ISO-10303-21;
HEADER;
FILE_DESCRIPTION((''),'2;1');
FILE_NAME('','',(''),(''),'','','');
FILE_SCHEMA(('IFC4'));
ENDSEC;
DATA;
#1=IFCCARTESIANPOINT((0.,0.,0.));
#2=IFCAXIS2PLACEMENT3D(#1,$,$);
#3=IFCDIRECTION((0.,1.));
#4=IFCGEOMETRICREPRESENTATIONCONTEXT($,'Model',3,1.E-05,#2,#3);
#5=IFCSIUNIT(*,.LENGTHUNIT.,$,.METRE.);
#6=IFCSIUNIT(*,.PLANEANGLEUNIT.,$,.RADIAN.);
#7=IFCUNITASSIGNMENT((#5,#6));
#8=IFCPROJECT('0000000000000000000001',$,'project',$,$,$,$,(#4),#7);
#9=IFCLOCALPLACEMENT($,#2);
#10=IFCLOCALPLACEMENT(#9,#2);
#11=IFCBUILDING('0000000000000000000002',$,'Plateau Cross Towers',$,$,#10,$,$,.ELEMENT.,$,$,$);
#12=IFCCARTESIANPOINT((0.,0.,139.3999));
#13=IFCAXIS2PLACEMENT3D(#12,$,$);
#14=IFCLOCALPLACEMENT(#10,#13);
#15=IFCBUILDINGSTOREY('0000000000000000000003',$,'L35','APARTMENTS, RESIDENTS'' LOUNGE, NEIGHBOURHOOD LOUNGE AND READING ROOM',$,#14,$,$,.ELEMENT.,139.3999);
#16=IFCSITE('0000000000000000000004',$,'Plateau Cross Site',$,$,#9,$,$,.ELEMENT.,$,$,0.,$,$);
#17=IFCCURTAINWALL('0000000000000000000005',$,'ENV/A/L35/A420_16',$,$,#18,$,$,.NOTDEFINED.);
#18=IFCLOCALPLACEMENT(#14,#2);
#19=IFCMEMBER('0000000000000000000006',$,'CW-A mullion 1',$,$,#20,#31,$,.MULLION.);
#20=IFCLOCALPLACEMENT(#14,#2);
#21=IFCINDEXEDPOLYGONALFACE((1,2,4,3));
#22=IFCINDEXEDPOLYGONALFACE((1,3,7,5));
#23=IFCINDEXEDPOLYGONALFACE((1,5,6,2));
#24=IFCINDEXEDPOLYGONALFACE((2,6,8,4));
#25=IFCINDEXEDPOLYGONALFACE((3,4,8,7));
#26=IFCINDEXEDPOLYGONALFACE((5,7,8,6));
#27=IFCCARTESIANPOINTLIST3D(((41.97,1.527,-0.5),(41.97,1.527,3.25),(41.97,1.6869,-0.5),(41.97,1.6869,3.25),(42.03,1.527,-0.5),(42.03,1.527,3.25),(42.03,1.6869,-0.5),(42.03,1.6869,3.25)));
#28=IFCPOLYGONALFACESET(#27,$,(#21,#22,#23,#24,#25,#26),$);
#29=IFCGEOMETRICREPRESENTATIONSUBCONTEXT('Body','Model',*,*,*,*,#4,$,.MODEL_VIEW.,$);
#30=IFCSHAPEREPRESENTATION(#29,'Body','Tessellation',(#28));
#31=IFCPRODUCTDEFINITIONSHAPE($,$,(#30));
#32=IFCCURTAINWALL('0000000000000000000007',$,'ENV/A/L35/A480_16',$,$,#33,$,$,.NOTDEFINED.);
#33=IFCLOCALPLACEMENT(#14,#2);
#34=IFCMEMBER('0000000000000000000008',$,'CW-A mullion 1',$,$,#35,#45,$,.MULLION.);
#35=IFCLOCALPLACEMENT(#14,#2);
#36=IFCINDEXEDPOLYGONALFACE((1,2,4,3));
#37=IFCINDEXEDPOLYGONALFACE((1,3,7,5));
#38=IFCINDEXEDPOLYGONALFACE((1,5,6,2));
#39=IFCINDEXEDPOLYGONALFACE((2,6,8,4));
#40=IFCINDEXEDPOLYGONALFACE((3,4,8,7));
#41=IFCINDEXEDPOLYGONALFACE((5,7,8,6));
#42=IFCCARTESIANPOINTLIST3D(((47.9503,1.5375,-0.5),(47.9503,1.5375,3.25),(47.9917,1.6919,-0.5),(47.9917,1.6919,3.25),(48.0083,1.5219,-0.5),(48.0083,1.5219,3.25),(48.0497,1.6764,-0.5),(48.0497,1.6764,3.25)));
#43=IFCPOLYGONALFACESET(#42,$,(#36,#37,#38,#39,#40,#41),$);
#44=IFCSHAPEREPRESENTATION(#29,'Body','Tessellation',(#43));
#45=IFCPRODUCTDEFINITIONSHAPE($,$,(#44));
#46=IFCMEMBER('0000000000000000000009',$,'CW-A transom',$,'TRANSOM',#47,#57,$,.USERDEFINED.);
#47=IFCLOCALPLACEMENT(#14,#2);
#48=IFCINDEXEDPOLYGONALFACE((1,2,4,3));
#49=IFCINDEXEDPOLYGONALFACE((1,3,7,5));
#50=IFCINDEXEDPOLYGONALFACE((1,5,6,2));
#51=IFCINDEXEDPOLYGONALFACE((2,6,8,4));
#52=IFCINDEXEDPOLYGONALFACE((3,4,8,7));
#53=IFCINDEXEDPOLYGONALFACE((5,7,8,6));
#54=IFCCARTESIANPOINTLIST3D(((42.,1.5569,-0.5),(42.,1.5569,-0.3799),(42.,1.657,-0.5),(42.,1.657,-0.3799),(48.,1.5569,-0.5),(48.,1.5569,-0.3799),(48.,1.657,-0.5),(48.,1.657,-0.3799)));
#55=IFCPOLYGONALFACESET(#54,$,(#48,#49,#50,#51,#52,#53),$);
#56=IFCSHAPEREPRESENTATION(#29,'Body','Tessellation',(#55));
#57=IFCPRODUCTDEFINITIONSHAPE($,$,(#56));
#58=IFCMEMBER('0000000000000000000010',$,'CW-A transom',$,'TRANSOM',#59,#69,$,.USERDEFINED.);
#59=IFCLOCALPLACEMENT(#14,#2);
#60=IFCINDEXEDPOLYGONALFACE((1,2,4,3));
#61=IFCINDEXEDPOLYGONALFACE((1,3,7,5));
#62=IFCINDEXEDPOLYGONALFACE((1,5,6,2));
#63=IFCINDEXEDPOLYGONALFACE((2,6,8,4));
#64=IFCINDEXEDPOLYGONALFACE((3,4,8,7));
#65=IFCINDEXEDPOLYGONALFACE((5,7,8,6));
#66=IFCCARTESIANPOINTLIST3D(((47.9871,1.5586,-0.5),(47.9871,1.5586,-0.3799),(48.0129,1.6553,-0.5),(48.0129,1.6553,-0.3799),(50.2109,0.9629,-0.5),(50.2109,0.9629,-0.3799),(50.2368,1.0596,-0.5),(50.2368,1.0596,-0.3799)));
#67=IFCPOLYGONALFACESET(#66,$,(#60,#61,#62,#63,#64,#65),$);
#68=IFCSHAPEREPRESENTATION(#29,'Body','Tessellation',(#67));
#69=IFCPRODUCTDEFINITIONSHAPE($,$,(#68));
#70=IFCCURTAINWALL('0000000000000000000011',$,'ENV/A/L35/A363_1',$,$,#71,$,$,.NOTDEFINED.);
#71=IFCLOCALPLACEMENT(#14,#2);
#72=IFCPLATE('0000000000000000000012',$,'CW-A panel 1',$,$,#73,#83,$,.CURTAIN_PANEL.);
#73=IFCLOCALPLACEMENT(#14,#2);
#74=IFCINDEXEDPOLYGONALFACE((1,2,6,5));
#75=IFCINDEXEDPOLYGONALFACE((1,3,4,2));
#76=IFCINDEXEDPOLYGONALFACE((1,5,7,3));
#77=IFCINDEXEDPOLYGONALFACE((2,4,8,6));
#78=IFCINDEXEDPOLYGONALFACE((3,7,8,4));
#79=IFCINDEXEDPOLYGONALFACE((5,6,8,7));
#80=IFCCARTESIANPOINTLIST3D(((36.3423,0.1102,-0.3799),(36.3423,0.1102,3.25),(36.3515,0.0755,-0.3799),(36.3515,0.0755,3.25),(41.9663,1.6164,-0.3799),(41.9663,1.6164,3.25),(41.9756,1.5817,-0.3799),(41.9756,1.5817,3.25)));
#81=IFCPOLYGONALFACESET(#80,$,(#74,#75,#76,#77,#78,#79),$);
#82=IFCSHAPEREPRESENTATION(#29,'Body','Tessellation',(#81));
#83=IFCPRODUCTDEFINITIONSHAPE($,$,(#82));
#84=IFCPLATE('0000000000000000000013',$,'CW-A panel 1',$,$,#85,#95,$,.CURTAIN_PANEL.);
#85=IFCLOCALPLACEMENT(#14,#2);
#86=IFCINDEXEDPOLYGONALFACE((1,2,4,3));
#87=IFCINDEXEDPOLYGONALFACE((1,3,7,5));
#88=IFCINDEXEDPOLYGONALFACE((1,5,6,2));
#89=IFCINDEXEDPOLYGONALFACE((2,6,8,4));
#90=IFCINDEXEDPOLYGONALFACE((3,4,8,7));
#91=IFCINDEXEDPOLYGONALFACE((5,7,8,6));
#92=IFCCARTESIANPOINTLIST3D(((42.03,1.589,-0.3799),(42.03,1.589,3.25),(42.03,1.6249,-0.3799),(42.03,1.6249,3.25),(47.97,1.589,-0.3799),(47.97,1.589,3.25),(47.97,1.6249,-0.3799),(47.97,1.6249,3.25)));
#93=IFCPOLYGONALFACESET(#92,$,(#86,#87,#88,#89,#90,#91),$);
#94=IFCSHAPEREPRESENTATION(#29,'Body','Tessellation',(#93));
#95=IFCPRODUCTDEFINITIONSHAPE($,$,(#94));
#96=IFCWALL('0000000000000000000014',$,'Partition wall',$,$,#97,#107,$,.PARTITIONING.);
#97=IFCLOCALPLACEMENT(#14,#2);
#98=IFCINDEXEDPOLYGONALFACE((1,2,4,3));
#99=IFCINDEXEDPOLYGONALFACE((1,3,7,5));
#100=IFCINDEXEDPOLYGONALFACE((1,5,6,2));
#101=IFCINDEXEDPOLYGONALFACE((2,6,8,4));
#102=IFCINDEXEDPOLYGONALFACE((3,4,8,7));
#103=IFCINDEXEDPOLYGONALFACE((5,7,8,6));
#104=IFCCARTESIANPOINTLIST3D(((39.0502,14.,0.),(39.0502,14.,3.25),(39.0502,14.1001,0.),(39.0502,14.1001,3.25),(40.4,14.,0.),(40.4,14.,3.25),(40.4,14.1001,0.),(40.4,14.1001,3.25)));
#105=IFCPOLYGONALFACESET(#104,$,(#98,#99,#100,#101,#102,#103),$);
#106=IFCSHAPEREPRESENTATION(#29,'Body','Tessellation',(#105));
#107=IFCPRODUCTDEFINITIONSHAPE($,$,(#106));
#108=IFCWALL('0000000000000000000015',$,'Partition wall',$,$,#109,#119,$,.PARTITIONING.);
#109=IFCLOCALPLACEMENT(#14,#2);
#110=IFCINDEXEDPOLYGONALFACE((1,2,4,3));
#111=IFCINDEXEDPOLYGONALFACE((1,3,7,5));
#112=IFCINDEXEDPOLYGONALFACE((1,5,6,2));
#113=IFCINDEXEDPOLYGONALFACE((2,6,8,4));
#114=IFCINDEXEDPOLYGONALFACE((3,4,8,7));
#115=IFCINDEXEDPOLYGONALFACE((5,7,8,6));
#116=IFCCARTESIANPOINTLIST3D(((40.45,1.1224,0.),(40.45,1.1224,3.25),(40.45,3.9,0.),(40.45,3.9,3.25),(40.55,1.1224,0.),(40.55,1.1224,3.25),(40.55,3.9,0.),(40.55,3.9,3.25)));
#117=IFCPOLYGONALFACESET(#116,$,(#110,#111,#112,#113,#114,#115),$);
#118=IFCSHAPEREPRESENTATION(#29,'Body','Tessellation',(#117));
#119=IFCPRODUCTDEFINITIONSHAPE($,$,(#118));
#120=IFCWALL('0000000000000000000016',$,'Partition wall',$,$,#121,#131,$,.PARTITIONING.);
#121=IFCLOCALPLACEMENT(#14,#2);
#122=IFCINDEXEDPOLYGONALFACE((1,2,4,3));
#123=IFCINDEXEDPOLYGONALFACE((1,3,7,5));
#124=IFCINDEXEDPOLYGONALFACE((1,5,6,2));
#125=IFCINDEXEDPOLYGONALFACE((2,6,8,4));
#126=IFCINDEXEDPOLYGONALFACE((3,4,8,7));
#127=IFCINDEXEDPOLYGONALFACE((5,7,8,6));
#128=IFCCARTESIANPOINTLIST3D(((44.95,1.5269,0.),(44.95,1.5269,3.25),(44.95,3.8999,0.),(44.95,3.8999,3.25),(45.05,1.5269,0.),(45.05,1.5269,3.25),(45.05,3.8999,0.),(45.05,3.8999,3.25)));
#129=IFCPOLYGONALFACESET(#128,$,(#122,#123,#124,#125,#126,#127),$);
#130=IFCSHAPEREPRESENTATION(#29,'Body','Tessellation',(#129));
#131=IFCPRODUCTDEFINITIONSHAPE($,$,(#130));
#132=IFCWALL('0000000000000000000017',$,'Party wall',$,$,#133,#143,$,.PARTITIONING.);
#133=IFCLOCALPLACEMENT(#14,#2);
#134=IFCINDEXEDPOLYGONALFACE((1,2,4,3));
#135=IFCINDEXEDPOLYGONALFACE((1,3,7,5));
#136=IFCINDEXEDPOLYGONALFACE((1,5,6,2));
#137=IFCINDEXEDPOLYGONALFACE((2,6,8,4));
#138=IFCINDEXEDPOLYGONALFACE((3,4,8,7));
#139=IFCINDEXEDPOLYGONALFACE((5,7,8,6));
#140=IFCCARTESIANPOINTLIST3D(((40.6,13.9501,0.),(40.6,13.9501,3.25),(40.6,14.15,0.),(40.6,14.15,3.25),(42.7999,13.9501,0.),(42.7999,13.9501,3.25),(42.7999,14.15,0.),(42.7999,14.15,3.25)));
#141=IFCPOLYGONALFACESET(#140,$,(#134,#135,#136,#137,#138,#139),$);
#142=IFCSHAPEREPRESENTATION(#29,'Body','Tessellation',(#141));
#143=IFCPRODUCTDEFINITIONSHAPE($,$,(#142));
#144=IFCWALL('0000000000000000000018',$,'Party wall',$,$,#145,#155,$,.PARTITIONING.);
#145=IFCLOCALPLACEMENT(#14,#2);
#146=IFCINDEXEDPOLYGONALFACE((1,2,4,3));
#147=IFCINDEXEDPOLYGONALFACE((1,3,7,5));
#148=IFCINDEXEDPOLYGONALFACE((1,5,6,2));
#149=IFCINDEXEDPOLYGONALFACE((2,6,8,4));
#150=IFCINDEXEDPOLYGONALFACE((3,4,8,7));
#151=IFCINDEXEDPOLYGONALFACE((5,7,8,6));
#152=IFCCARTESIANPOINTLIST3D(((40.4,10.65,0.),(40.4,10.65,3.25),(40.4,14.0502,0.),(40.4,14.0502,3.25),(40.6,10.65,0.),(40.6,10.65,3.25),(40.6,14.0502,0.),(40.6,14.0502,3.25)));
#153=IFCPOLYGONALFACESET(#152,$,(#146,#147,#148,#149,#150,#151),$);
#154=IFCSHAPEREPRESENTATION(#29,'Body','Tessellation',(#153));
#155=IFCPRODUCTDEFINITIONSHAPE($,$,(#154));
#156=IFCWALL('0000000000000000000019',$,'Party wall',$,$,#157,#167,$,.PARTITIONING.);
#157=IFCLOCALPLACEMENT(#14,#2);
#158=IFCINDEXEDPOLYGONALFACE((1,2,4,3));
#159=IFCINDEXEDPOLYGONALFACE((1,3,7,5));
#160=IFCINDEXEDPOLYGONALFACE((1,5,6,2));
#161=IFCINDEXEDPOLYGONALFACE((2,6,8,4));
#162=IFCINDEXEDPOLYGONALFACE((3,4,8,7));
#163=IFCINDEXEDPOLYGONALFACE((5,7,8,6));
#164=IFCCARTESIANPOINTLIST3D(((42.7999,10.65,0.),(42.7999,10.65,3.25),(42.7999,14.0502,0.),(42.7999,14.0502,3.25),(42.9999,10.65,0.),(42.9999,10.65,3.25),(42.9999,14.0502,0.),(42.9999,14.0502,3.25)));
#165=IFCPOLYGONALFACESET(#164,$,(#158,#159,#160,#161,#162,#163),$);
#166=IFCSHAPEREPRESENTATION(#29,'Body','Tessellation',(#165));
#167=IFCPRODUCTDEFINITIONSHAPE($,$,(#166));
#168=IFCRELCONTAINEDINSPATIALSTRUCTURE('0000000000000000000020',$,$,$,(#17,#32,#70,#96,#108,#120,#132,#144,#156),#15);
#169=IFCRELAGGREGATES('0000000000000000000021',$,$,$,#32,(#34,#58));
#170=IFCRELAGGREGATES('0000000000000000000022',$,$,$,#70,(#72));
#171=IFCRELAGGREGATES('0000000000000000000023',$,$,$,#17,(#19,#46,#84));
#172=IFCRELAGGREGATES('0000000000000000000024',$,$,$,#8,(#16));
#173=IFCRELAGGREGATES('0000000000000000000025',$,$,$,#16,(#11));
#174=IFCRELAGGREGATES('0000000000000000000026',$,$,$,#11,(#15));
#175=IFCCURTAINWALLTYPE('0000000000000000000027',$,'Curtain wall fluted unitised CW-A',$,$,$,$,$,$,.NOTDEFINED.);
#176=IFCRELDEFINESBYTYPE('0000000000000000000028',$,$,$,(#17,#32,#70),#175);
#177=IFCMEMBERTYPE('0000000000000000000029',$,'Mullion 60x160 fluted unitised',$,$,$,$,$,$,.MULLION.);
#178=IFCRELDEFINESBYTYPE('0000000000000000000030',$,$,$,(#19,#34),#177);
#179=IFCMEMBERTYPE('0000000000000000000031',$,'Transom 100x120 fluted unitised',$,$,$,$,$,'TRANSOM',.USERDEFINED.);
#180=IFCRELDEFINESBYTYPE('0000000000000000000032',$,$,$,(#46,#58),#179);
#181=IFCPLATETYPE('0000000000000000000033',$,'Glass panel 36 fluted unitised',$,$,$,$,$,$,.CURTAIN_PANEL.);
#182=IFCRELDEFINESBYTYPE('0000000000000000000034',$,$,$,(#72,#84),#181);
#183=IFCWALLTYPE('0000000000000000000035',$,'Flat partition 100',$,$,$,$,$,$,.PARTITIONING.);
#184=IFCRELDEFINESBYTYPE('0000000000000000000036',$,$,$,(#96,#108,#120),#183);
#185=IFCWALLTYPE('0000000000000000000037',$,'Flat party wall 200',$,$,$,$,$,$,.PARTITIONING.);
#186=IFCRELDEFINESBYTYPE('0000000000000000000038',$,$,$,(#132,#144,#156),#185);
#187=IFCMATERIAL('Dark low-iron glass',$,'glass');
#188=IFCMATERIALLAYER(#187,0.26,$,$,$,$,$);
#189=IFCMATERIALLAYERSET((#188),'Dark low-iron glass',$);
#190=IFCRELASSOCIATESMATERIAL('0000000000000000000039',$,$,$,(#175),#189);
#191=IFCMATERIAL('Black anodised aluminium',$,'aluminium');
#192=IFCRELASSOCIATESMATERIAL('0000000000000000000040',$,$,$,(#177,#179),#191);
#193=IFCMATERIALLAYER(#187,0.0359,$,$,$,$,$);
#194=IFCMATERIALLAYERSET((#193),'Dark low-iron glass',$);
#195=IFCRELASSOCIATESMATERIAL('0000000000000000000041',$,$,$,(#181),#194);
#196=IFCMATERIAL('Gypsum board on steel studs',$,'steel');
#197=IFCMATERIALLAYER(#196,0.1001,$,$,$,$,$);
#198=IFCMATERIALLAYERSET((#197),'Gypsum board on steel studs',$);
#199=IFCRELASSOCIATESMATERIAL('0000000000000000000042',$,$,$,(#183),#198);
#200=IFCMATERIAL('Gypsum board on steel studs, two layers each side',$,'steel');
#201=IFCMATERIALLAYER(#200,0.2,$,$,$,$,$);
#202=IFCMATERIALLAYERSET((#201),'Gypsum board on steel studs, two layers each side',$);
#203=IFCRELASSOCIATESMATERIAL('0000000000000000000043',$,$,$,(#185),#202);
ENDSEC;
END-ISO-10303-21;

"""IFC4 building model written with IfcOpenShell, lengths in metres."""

from ifc_helpers import new_model, si_unit, direction, frame, frame_2d, origin, origin_2d, place, context, subcontext, project, spatial, rectangle, extrude, material, layer, layer_set, material_profile, profile_set, type_object, element, aggregate, save


model = new_model("IFC4")

# Units and contexts
model_context = context("Model", 3, precision=1e-05, world=origin(), true_north=direction((0.0, 1.0)))
body_context = subcontext(model_context, "Body", "Model", "MODEL_VIEW")
ifc_project = project(units=[si_unit("LENGTHUNIT", "METRE"), si_unit("PLANEANGLEUNIT", "RADIAN")], contexts=[model_context])

# Site, building, storey
site_placement = place(None, origin())
site = spatial("IfcSite", under=ifc_project, at=site_placement, Name="Plateau Cross Site", CompositionType="ELEMENT", RefElevation=0.0)
building_placement = place(site_placement, origin())
building = spatial("IfcBuilding", under=site, at=building_placement, Name="Plateau Cross Towers", CompositionType="ELEMENT")
storey_placement = place(building_placement, frame((0.0, 0.0, 139.3999)))
storey = spatial("IfcBuildingStorey", under=building, at=storey_placement, Name="L35", Description="APARTMENTS, RESIDENTS' LOUNGE, NEIGHBOURHOOD LOUNGE AND READING ROOM", CompositionType="ELEMENT", Elevation=139.3999)

# Curtain walls, members
ifc_material_1 = material(Name="Dark low-iron glass", Category="glass")
ifc_layer_1 = layer(ifc_material_1, 0.26)
ifc_layer_set_1 = layer_set([ifc_layer_1], Name="Dark low-iron glass")
curtain_wall_type = type_object("IfcCurtainWallType", Name="Curtain wall fluted unitised CW-A", PredefinedType="NOTDEFINED", material=ifc_layer_set_1)
curtain_wall_1_placement = place(storey_placement, origin())
curtain_wall_1 = element("IfcCurtainWall", 1, at=curtain_wall_1_placement, inside=storey, type_object=curtain_wall_type, Name="ENV/A/L35/A420_16", PredefinedType="NOTDEFINED")
ifc_material_2 = material(Name="Black anodised aluminium", Category="aluminium")
ifc_material_profile_1 = material_profile(ifc_material_2, rectangle(XDim=0.0601, YDim=0.1599, at=origin_2d()), Name="MULLION 60x160")
ifc_profile_set_1 = profile_set([ifc_material_profile_1], Name="Black anodised aluminium")
member_type_1 = type_object("IfcMemberType", Name="Mullion 60x160 fluted unitised", PredefinedType="MULLION", material=ifc_profile_set_1)
member_1_placement = place(storey_placement, frame((42.0, 1.6069, -0.5), z_axis=(0.0, 0.0, 1.0), x_axis=(1.0, 0.0, 0.0)))
member_1 = element("IfcMember", 2, at=member_1_placement, type_object=member_type_1, Name="CW-A mullion 1", PredefinedType="MULLION", context=body_context, shape_type="SweptSolid", body=[
    extrude(rectangle(XDim=0.0601, YDim=0.1599, at=origin_2d()), origin(), (0.0, 0.0, 1.0), 3.75),
])
curtain_wall_2_placement = place(storey_placement, origin())
curtain_wall_2 = element("IfcCurtainWall", 3, at=curtain_wall_2_placement, inside=storey, type_object=curtain_wall_type, Name="ENV/A/L35/A480_16", PredefinedType="NOTDEFINED")
member_2_placement = place(storey_placement, frame((48.0, 1.6069, -0.5), z_axis=(0.0, 0.0, 1.0), x_axis=(0.965958, -0.258699, 0.0)))
member_2 = element("IfcMember", 4, at=member_2_placement, type_object=member_type_1, Name="CW-A mullion 1", PredefinedType="MULLION", context=body_context, shape_type="SweptSolid", body=[
    extrude(rectangle(XDim=0.0601, YDim=0.1599, at=origin_2d()), origin(), (0.0, 0.0, 1.0), 3.75),
])

# Members
ifc_material_profile_2 = material_profile(ifc_material_2, rectangle(XDim=0.1001, YDim=0.1201, at=origin_2d()), Name="TRANSOM 100x120")
ifc_profile_set_2 = profile_set([ifc_material_profile_2], Name="Black anodised aluminium")
member_type_2 = type_object("IfcMemberType", Name="Transom 100x120 fluted unitised", ElementType="TRANSOM", PredefinedType="USERDEFINED", material=ifc_profile_set_2)
member_3_placement = place(storey_placement, frame((42.0, 1.6069, -0.4399), z_axis=(1.0, 0.0, 0.0), x_axis=(0.0, 1.0, 0.0)))
member_3 = element("IfcMember", 5, at=member_3_placement, type_object=member_type_2, Name="CW-A transom", ObjectType="TRANSOM", PredefinedType="USERDEFINED", context=body_context, shape_type="SweptSolid", body=[
    extrude(rectangle(XDim=0.1001, YDim=0.1201, at=origin_2d()), origin(), (0.0, 0.0, 1.0), 6.0),
])
member_4_placement = place(storey_placement, frame((48.0, 1.6069, -0.4399), z_axis=(0.965946, -0.258745, 0.0), x_axis=(0.258745, 0.965946, 0.0)))
member_4 = element("IfcMember", 6, at=member_4_placement, type_object=member_type_2, Name="CW-A transom", ObjectType="TRANSOM", PredefinedType="USERDEFINED", context=body_context, shape_type="SweptSolid", body=[
    extrude(rectangle(XDim=0.1001, YDim=0.1201, at=origin_2d()), origin(), (0.0, 0.0, 1.0), 2.3022),
])
aggregate(curtain_wall_2, [member_2, member_4])

# Curtain wall, plate
curtain_wall_3_placement = place(storey_placement, origin())
curtain_wall_3 = element("IfcCurtainWall", 7, at=curtain_wall_3_placement, inside=storey, type_object=curtain_wall_type, Name="ENV/A/L35/A363_1", PredefinedType="NOTDEFINED")
ifc_layer_2 = layer(ifc_material_1, 0.0359)
ifc_layer_set_2 = layer_set([ifc_layer_2], Name="Dark low-iron glass")
plate_type = type_object("IfcPlateType", Name="Glass panel 36 fluted unitised", PredefinedType="CURTAIN_PANEL", material=ifc_layer_set_2)
plate_1_placement = place(storey_placement, frame((39.1589, 0.8459, -0.3799), z_axis=(0.0, 0.0, 1.0), x_axis=(0.965958, 0.258699, 0.0)))
plate_1 = element("IfcPlate", 8, at=plate_1_placement, type_object=plate_type, Name="CW-A panel 1", PredefinedType="CURTAIN_PANEL", context=body_context, shape_type="SweptSolid", body=[
    extrude(rectangle(XDim=5.8223, YDim=0.0359, at=origin_2d()), origin(), (0.0, 0.0, 1.0), 3.6299),
])
aggregate(curtain_wall_3, [plate_1])

# Plate
plate_2_placement = place(storey_placement, frame((45.0, 1.6069, -0.3799), z_axis=(0.0, 0.0, 1.0), x_axis=(1.0, 0.0, 0.0)))
plate_2 = element("IfcPlate", 9, at=plate_2_placement, type_object=plate_type, Name="CW-A panel 1", PredefinedType="CURTAIN_PANEL", context=body_context, shape_type="SweptSolid", body=[
    extrude(rectangle(XDim=5.9399, YDim=0.0359, at=origin_2d()), origin(), (0.0, 0.0, 1.0), 3.6299),
])
aggregate(curtain_wall_1, [member_1, member_3, plate_2])

# Walls
ifc_material_3 = material(Name="Gypsum board on steel studs", Category="steel")
ifc_layer_3 = layer(ifc_material_3, 0.1001)
ifc_layer_set_3 = layer_set([ifc_layer_3], Name="Gypsum board on steel studs")
wall_type_1 = type_object("IfcWallType", Name="Flat partition 100", PredefinedType="PARTITIONING", material=ifc_layer_set_3)
wall_1_placement = place(storey_placement, frame((40.3999, 14.05, 0.0), z_axis=(0.0, 0.0, 1.0), x_axis=(-1.0, 0.0, 0.0)))
element("IfcWall", 10, at=wall_1_placement, inside=storey, type_object=wall_type_1, Name="Partition wall", PredefinedType="PARTITIONING", context=body_context, shape_type="SweptSolid", body=[
    extrude(rectangle(XDim=1.3499, YDim=0.1001, at=frame_2d((0.6748, 0.0))), origin(), (0.0, 0.0, 1.0), 3.25),
])
wall_2_placement = place(storey_placement, frame((40.5, 3.8999, 0.0), z_axis=(0.0, 0.0, 1.0), x_axis=(0.0, -1.0, 0.0)))
element("IfcWall", 11, at=wall_2_placement, inside=storey, type_object=wall_type_1, Name="Partition wall", PredefinedType="PARTITIONING", context=body_context, shape_type="SweptSolid", body=[
    extrude(rectangle(XDim=2.7776, YDim=0.1001, at=frame_2d((1.3887, 0.0))), origin(), (0.0, 0.0, 1.0), 3.25),
])
wall_3_placement = place(storey_placement, frame((45.0, 1.5269, 0.0), z_axis=(0.0, 0.0, 1.0), x_axis=(0.0, 1.0, 0.0)))
element("IfcWall", 12, at=wall_3_placement, inside=storey, type_object=wall_type_1, Name="Partition wall", PredefinedType="PARTITIONING", context=body_context, shape_type="SweptSolid", body=[
    extrude(rectangle(XDim=2.373, YDim=0.1001, at=frame_2d((1.1865, 0.0))), origin(), (0.0, 0.0, 1.0), 3.25),
])
ifc_material_4 = material(Name="Gypsum board on steel studs, two layers each side", Category="steel")
ifc_layer_4 = layer(ifc_material_4, 0.2)
ifc_layer_set_4 = layer_set([ifc_layer_4], Name="Gypsum board on steel studs, two layers each side")
wall_type_2 = type_object("IfcWallType", Name="Flat party wall 200", PredefinedType="PARTITIONING", material=ifc_layer_set_4)
wall_4_placement = place(storey_placement, frame((42.8, 14.05, 0.0), z_axis=(0.0, 0.0, 1.0), x_axis=(-1.0, 0.0, 0.0)))
element("IfcWall", 13, at=wall_4_placement, inside=storey, type_object=wall_type_2, Name="Party wall", PredefinedType="PARTITIONING", context=body_context, shape_type="SweptSolid", body=[
    extrude(rectangle(XDim=2.2, YDim=0.2, at=frame_2d((1.1001, 0.0))), origin(), (0.0, 0.0, 1.0), 3.25),
])
for number, where, z_axis, x_axis, name in (
    (14, (40.5, 10.6499, 0.0), (0.0, 0.0, 1.0), (0.0, 1.0, 0.0), "Party wall"),
    (15, (42.8999, 10.6499, 0.0), (0.0, 0.0, 1.0), (0.0, 1.0, 0.0), "Party wall"),
):
    element("IfcWall", number, at=place(storey_placement, frame(where, z_axis=z_axis, x_axis=x_axis)), inside=storey, type_object=wall_type_2, Name=name, PredefinedType="PARTITIONING", context=body_context, shape_type="SweptSolid", body=[
        extrude(rectangle(XDim=3.4001, YDim=0.2, at=frame_2d((1.7002, 0.0))), origin(), (0.0, 0.0, 1.0), 3.25),
    ])

save(model, "model.ifc")
